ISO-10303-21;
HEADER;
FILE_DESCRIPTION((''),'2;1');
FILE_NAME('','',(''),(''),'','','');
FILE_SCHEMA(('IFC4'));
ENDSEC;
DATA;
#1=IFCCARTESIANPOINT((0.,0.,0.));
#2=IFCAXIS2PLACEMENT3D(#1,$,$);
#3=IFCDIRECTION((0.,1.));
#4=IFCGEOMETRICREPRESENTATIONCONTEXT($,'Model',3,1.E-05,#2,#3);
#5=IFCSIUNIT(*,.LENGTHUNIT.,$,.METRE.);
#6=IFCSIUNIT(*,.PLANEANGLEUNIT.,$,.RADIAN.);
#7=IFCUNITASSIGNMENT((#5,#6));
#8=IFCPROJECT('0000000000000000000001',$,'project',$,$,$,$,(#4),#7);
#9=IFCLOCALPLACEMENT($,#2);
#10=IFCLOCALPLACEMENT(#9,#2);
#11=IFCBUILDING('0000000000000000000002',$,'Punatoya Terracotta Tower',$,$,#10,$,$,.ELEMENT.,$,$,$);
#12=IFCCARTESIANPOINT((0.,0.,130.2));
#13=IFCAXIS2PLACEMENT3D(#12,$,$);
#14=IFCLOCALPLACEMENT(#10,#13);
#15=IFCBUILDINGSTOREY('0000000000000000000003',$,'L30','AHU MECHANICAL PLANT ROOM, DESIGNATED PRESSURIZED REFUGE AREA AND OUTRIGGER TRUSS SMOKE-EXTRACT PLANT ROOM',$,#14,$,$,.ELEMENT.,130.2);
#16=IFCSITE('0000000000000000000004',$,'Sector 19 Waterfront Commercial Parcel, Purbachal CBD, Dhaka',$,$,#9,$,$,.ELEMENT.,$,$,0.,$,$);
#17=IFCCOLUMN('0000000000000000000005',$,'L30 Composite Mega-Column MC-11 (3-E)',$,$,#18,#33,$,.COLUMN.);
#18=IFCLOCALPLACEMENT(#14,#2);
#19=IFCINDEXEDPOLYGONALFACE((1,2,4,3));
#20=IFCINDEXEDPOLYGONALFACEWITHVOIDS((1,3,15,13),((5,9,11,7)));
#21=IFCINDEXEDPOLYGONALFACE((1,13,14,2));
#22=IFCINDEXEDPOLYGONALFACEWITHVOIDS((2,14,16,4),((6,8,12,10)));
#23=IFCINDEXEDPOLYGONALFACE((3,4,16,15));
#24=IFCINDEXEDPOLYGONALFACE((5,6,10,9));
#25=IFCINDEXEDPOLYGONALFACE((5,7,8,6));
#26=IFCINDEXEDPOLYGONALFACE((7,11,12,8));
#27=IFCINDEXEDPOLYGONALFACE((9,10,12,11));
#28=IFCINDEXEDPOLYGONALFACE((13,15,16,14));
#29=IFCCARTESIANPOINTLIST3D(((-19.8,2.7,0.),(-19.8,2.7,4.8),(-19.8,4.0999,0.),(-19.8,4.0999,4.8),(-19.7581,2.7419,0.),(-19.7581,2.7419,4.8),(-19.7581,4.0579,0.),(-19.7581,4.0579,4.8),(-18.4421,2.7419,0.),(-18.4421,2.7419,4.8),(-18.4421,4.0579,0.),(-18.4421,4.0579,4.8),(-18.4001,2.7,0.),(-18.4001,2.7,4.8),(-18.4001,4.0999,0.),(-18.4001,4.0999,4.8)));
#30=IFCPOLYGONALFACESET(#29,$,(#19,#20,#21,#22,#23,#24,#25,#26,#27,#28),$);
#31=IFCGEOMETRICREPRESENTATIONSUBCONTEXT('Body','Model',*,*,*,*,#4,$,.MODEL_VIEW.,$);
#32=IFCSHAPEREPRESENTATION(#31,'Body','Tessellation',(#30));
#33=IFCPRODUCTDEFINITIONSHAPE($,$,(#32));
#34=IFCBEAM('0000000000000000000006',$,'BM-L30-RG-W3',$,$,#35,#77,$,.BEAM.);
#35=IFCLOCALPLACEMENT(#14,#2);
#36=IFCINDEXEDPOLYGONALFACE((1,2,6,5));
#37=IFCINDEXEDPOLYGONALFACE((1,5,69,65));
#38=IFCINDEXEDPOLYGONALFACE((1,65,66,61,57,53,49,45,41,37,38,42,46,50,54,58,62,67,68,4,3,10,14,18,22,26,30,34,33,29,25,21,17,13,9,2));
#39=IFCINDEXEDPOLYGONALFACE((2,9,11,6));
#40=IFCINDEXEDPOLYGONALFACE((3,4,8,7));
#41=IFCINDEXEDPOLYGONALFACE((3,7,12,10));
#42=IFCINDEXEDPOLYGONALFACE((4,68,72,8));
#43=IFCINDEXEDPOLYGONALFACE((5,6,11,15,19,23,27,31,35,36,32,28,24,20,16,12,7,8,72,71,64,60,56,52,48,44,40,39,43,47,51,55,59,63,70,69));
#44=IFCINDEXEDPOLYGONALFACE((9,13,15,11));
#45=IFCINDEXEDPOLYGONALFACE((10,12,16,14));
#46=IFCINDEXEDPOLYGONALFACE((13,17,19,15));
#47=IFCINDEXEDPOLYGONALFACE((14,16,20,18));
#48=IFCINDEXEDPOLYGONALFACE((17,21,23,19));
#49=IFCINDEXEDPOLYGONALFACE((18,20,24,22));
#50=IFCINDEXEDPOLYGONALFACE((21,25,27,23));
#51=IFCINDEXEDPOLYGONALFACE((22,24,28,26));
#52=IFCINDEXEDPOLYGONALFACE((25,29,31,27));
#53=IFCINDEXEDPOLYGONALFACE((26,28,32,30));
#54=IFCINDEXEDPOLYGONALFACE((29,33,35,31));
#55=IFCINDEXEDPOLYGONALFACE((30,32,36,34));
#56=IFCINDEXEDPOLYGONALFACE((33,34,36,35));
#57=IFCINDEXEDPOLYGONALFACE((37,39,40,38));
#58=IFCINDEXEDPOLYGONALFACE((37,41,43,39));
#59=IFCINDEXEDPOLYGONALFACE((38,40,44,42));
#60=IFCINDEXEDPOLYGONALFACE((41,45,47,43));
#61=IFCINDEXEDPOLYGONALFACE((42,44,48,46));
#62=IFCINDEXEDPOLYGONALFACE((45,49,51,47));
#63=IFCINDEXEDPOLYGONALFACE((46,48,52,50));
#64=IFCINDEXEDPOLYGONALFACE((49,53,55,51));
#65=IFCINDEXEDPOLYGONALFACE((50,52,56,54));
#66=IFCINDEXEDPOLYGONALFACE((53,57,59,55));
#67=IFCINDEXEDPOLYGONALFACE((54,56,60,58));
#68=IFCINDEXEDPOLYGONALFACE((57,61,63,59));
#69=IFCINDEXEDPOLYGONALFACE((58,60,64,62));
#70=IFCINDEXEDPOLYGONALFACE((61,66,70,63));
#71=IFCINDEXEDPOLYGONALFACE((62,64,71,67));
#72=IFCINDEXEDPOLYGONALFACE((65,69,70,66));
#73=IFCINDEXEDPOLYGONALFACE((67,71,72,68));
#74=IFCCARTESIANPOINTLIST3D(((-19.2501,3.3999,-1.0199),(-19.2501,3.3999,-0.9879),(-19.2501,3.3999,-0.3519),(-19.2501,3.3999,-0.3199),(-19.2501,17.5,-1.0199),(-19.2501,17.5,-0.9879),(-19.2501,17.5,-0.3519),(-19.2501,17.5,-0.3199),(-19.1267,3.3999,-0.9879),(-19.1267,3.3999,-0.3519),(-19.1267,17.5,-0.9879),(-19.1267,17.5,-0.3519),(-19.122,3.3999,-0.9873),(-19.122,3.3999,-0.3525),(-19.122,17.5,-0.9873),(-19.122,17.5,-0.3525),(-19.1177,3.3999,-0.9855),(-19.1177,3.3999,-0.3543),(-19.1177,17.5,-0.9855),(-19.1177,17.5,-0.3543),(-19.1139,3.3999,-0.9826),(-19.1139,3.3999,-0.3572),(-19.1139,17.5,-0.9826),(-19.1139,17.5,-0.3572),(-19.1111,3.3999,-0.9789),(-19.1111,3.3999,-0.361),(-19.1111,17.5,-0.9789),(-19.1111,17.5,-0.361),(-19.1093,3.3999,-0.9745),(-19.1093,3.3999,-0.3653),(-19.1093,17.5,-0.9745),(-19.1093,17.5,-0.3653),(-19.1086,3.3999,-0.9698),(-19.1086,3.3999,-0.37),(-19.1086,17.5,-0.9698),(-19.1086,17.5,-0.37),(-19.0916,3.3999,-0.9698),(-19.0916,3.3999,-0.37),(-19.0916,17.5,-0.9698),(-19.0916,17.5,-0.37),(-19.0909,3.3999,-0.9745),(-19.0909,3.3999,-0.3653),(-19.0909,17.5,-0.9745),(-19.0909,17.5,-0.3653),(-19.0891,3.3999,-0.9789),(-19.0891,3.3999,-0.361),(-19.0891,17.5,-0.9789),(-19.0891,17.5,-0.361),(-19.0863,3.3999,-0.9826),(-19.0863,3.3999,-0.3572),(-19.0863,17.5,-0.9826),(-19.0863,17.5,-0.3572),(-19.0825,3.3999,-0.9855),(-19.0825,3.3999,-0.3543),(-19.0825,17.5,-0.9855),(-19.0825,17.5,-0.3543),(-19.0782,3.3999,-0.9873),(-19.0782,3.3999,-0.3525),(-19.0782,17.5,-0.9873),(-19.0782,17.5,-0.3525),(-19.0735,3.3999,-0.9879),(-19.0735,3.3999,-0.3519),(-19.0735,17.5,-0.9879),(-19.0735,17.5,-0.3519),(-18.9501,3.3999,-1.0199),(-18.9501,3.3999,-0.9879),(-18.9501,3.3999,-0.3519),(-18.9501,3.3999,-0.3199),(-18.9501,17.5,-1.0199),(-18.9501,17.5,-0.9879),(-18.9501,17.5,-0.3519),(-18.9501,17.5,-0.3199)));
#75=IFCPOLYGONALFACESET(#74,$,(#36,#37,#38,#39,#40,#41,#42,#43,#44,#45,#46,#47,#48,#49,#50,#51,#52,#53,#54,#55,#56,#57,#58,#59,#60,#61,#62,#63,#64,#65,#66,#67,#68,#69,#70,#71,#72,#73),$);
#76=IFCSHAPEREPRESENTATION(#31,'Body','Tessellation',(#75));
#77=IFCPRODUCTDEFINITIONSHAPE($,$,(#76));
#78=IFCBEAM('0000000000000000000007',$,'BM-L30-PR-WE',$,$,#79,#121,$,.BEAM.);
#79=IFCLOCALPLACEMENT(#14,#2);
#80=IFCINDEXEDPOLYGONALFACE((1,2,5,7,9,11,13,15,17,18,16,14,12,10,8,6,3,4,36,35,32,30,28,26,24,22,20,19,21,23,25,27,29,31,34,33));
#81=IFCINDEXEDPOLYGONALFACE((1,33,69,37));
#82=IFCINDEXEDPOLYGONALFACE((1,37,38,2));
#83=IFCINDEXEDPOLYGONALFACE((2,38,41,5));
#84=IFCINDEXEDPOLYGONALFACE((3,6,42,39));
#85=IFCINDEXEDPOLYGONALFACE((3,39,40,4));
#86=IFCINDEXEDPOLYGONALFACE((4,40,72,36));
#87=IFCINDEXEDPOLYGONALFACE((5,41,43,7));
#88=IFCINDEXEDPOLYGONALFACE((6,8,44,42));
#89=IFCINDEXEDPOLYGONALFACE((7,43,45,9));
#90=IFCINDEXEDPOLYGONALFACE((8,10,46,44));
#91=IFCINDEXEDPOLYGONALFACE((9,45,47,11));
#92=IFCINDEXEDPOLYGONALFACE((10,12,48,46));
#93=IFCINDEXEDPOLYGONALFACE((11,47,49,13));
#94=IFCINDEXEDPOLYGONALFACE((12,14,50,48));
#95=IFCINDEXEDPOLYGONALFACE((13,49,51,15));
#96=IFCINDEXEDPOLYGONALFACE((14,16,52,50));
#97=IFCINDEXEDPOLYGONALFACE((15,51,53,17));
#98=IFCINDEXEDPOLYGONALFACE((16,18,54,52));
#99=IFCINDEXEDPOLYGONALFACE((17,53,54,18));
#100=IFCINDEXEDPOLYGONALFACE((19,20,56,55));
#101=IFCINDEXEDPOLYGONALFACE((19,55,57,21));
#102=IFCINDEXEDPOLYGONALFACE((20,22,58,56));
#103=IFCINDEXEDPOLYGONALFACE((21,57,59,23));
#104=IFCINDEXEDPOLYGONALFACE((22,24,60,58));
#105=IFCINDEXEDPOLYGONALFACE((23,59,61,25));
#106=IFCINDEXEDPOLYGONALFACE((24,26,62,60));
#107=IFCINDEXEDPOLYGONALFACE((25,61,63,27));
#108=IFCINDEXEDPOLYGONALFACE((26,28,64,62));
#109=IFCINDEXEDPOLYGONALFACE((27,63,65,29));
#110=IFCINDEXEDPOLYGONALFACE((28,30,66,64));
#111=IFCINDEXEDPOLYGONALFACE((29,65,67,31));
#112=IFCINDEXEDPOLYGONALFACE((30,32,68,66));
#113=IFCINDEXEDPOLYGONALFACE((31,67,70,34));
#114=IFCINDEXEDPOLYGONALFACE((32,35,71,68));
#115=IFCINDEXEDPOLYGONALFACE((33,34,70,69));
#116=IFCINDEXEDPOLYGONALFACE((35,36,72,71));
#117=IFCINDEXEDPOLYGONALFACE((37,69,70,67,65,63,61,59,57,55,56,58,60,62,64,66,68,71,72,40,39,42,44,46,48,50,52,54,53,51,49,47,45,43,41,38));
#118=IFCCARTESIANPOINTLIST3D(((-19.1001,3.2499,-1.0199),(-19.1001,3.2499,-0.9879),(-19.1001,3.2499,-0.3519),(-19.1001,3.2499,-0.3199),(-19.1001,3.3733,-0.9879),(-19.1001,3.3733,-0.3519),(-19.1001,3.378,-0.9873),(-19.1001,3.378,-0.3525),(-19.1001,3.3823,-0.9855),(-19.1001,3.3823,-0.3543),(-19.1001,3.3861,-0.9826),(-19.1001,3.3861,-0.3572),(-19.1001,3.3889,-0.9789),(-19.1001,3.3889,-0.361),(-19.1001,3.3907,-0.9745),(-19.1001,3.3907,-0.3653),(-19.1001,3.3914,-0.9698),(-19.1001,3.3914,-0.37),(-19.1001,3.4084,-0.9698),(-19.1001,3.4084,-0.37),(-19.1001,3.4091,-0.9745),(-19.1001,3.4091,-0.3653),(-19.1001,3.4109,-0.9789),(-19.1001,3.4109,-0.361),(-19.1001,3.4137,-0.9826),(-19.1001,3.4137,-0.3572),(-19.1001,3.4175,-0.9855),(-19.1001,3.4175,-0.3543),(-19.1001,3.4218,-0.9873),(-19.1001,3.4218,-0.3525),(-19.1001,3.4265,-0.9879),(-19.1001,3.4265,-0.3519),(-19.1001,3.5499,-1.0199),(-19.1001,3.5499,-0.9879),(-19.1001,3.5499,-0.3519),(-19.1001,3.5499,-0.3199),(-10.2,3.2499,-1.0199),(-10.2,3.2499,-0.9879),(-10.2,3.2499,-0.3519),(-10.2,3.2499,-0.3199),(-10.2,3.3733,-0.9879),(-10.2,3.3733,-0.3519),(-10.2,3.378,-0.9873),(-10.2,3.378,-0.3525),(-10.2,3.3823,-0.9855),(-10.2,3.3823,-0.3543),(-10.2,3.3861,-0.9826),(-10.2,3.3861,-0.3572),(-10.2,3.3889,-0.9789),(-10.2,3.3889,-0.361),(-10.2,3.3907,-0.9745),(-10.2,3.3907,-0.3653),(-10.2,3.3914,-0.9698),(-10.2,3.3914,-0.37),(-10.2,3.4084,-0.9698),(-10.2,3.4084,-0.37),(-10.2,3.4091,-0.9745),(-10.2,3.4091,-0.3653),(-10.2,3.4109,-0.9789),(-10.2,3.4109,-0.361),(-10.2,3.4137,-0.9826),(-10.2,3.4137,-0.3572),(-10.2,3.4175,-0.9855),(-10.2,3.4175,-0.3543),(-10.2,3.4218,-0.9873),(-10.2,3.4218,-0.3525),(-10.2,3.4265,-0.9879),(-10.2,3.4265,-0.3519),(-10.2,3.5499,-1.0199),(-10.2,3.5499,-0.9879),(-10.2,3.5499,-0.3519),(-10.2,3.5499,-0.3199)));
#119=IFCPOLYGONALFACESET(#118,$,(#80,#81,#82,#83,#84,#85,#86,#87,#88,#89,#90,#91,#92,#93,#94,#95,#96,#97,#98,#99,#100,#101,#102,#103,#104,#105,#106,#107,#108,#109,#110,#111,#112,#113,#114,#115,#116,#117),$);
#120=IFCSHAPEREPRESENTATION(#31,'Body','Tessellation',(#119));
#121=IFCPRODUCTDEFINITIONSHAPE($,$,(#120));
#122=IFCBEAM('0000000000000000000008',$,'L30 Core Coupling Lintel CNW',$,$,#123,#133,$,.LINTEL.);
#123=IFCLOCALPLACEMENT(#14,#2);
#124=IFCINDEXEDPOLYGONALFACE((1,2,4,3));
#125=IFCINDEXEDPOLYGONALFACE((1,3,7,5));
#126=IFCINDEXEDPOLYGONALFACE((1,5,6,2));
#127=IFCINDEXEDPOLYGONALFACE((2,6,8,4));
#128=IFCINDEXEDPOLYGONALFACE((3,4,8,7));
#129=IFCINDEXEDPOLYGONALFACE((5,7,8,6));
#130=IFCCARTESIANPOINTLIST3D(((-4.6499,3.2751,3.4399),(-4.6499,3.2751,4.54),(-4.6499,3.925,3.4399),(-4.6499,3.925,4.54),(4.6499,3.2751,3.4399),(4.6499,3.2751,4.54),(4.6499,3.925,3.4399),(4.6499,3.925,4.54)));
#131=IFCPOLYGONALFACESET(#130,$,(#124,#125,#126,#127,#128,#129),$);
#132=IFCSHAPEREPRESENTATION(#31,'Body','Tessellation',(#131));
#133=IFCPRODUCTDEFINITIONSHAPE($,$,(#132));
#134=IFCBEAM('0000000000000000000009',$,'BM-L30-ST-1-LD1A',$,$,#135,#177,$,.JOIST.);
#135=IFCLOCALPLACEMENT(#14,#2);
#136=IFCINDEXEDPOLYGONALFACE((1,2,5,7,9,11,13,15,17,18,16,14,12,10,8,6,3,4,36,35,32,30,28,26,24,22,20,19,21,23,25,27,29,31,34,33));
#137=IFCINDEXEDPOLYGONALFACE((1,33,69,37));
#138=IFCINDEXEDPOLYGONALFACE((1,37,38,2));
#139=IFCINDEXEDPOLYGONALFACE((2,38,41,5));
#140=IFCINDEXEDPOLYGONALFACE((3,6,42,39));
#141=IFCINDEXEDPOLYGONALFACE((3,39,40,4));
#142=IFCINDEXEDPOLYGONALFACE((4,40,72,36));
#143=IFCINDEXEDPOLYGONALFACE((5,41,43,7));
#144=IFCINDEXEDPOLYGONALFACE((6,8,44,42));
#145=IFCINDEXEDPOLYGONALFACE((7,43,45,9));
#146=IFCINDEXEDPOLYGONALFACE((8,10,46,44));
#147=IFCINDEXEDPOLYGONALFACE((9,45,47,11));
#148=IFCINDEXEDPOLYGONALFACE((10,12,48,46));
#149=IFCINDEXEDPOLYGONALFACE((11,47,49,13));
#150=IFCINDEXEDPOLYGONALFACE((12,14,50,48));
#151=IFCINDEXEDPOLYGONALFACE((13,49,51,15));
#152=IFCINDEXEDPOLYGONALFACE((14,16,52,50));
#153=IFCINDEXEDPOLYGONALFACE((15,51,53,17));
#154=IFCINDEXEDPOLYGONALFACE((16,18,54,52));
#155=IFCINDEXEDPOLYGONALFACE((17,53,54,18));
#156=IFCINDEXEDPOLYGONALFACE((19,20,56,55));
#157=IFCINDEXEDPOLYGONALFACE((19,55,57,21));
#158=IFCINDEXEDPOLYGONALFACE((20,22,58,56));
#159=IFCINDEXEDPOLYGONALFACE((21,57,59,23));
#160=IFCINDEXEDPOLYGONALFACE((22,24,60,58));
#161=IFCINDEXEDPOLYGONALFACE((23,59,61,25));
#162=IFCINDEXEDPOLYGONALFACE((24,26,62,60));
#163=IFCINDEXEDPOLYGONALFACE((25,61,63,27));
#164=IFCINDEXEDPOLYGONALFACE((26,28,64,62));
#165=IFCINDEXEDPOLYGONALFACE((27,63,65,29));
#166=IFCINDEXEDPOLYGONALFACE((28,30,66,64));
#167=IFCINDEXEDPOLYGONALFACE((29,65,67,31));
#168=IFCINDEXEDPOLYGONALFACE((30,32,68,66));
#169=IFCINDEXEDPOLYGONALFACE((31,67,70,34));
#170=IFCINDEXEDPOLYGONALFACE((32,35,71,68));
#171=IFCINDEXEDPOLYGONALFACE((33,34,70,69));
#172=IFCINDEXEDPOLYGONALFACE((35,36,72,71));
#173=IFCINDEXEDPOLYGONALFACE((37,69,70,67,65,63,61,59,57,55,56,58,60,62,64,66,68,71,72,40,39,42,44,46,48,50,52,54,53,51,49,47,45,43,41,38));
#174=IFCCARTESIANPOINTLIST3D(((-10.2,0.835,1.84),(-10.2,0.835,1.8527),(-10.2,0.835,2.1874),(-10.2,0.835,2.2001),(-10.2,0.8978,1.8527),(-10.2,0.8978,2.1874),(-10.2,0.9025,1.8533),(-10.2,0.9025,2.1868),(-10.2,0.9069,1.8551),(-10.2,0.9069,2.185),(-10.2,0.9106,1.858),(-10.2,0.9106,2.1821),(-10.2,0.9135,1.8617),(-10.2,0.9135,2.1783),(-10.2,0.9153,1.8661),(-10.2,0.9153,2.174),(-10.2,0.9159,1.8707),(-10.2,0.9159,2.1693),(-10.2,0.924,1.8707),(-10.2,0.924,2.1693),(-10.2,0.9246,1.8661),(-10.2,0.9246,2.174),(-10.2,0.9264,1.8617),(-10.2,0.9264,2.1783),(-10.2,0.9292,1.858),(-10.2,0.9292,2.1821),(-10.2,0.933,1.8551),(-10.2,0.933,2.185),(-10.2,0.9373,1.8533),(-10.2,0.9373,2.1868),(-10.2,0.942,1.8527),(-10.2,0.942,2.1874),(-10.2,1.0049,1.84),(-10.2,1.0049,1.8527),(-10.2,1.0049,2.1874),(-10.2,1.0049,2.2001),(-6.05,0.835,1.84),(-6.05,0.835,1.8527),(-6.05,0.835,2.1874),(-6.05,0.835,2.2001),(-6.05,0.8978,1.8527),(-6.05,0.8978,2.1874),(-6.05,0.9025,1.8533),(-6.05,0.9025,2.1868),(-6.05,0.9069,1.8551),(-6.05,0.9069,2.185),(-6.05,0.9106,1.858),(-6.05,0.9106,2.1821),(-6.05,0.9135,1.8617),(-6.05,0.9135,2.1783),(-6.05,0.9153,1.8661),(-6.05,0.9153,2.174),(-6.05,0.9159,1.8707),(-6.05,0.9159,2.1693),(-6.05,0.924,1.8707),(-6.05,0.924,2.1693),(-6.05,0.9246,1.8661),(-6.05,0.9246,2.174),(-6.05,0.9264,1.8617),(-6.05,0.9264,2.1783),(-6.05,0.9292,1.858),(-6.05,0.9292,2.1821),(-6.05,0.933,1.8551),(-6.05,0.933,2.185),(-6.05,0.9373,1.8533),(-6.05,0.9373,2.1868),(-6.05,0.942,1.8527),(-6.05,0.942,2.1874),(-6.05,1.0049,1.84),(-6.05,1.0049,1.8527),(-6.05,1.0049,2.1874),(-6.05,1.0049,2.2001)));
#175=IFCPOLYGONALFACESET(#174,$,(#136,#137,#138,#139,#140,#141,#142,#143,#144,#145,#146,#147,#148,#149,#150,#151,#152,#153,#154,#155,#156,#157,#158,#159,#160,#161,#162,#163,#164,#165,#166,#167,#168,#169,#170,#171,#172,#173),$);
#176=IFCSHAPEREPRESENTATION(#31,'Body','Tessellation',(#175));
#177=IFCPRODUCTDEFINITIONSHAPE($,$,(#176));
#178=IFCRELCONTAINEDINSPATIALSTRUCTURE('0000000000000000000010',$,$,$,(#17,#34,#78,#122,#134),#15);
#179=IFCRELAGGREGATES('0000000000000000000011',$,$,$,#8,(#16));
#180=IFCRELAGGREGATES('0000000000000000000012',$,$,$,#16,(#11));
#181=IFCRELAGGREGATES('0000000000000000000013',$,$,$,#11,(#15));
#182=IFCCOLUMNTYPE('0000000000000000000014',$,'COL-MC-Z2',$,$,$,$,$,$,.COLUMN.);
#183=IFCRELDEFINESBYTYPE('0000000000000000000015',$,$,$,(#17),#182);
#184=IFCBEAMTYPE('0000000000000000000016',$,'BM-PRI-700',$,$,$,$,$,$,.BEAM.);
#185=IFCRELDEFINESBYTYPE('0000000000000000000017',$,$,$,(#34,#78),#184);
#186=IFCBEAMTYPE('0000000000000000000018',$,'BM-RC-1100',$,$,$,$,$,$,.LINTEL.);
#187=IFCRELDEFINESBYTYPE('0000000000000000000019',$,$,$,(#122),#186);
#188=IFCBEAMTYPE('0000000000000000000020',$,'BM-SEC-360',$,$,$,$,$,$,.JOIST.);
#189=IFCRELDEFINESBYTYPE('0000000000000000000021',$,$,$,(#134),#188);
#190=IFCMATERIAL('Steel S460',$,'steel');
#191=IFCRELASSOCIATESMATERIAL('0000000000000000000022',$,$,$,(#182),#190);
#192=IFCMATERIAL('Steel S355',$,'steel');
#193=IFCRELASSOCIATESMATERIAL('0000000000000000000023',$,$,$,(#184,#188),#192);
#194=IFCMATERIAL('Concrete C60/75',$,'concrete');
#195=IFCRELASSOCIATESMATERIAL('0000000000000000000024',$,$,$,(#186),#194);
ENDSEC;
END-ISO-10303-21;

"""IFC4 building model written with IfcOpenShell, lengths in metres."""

from ifc_helpers import new_model, si_unit, direction, frame, origin, origin_2d, place, context, subcontext, project, spatial, rectangle, hollow_rectangle, i_section, extrude, material, material_profile, profile_set, type_object, element, save


model = new_model("IFC4")

# Units and contexts
model_context = context("Model", 3, precision=1e-05, world=origin(), true_north=direction((0.0, 1.0)))
body_context = subcontext(model_context, "Body", "Model", "MODEL_VIEW")
ifc_project = project(units=[si_unit("LENGTHUNIT", "METRE"), si_unit("PLANEANGLEUNIT", "RADIAN")], contexts=[model_context])

# Site, building, storey
site_placement = place(None, origin())
site = spatial("IfcSite", under=ifc_project, at=site_placement, Name="Sector 19 Waterfront Commercial Parcel, Purbachal CBD, Dhaka", CompositionType="ELEMENT", RefElevation=0.0)
building_placement = place(site_placement, origin())
building = spatial("IfcBuilding", under=site, at=building_placement, Name="Punatoya Terracotta Tower", CompositionType="ELEMENT")
storey_placement = place(building_placement, frame((0.0, 0.0, 130.2)))
storey = spatial("IfcBuildingStorey", under=building, at=storey_placement, Name="L30", Description="AHU MECHANICAL PLANT ROOM, DESIGNATED PRESSURIZED REFUGE AREA AND OUTRIGGER TRUSS SMOKE-EXTRACT PLANT ROOM", CompositionType="ELEMENT", Elevation=130.2)

# Column
ifc_material_1 = material(Name="Steel S460", Category="steel")
ifc_material_profile_1 = material_profile(ifc_material_1, hollow_rectangle(XDim=1.3999, YDim=1.3999, WallThickness=0.042, at=origin_2d()))
ifc_profile_set_1 = profile_set([ifc_material_profile_1], Name="Steel S460")
column_type = type_object("IfcColumnType", Name="COL-MC-Z2", PredefinedType="COLUMN", material=ifc_profile_set_1)
column_placement = place(storey_placement, frame((-19.1001, 3.3999, 0.0), z_axis=(0.0, 0.0, 1.0), x_axis=(1.0, 0.0, 0.0)))
element("IfcColumn", 1, at=column_placement, inside=storey, type_object=column_type, Name="L30 Composite Mega-Column MC-11 (3-E)", PredefinedType="COLUMN", context=body_context, shape_type="SweptSolid", body=[
    extrude(hollow_rectangle(XDim=1.3999, YDim=1.3999, WallThickness=0.042, at=origin_2d()), origin(), (0.0, 0.0, 1.0), 4.8),
])

# Beams
ifc_material_2 = material(Name="Steel S355", Category="steel")
ifc_material_profile_2 = material_profile(ifc_material_2, i_section(OverallWidth=0.3, OverallDepth=0.7, WebThickness=0.0171, FlangeThickness=0.032, FilletRadius=0.0181, at=origin_2d()))
ifc_profile_set_2 = profile_set([ifc_material_profile_2], Name="Steel S355")
beam_type_1 = type_object("IfcBeamType", Name="BM-PRI-700", PredefinedType="BEAM", material=ifc_profile_set_2)
beam_1_placement = place(storey_placement, frame((-19.1001, 3.3999, -0.6699), z_axis=(0.0, 1.0, 0.0), x_axis=(-1.0, 0.0, 0.0)))
element("IfcBeam", 2, at=beam_1_placement, inside=storey, type_object=beam_type_1, Name="BM-L30-RG-W3", PredefinedType="BEAM", context=body_context, shape_type="SweptSolid", body=[
    extrude(i_section(OverallWidth=0.3, OverallDepth=0.7, WebThickness=0.0171, FlangeThickness=0.032, FilletRadius=0.0181, at=origin_2d()), origin(), (0.0, 0.0, 1.0), 14.1001),
])
beam_2_placement = place(storey_placement, frame((-19.1001, 3.3999, -0.6699), z_axis=(1.0, 0.0, 0.0), x_axis=(0.0, 1.0, 0.0)))
element("IfcBeam", 3, at=beam_2_placement, inside=storey, type_object=beam_type_1, Name="BM-L30-PR-WE", PredefinedType="BEAM", context=body_context, shape_type="SweptSolid", body=[
    extrude(i_section(OverallWidth=0.3, OverallDepth=0.7, WebThickness=0.0171, FlangeThickness=0.032, FilletRadius=0.0181, at=origin_2d()), origin(), (0.0, 0.0, 1.0), 8.9001),
])
ifc_material_3 = material(Name="Concrete C60/75", Category="concrete")
ifc_material_profile_3 = material_profile(ifc_material_3, rectangle(XDim=0.6499, YDim=1.1001, at=origin_2d()))
ifc_profile_set_3 = profile_set([ifc_material_profile_3], Name="Concrete C60/75")
beam_type_2 = type_object("IfcBeamType", Name="BM-RC-1100", PredefinedType="LINTEL", material=ifc_profile_set_3)
beam_3_placement = place(storey_placement, frame((-4.6499, 3.6001, 3.99), z_axis=(1.0, 0.0, 0.0), x_axis=(0.0, 1.0, 0.0)))
element("IfcBeam", 4, at=beam_3_placement, inside=storey, type_object=beam_type_2, Name="L30 Core Coupling Lintel CNW", PredefinedType="LINTEL", context=body_context, shape_type="SweptSolid", body=[
    extrude(rectangle(XDim=0.6499, YDim=1.1001, at=origin_2d()), origin(), (0.0, 0.0, 1.0), 9.2998),
])
ifc_material_profile_4 = material_profile(ifc_material_2, i_section(OverallWidth=0.1699, OverallDepth=0.3601, WebThickness=0.0081, FlangeThickness=0.0127, FilletRadius=0.0181, at=origin_2d()))
ifc_profile_set_4 = profile_set([ifc_material_profile_4], Name="Steel S355")
beam_type_3 = type_object("IfcBeamType", Name="BM-SEC-360", PredefinedType="JOIST", material=ifc_profile_set_4)
for number, where, z_axis, x_axis, name in (
    (5, (-10.2, 0.9199, 2.02), (1.0, 0.0, 0.0), (0.0, 1.0, 0.0), "BM-L30-ST-1-LD1A"),
):
    element("IfcBeam", number, at=place(storey_placement, frame(where, z_axis=z_axis, x_axis=x_axis)), inside=storey, type_object=beam_type_3, Name=name, PredefinedType="JOIST", context=body_context, shape_type="SweptSolid", body=[
        extrude(i_section(OverallWidth=0.1699, OverallDepth=0.3601, WebThickness=0.0081, FlangeThickness=0.0127, FilletRadius=0.0181, at=origin_2d()), origin(), (0.0, 0.0, 1.0), 4.1499),
    ])

save(model, "model.ifc")
